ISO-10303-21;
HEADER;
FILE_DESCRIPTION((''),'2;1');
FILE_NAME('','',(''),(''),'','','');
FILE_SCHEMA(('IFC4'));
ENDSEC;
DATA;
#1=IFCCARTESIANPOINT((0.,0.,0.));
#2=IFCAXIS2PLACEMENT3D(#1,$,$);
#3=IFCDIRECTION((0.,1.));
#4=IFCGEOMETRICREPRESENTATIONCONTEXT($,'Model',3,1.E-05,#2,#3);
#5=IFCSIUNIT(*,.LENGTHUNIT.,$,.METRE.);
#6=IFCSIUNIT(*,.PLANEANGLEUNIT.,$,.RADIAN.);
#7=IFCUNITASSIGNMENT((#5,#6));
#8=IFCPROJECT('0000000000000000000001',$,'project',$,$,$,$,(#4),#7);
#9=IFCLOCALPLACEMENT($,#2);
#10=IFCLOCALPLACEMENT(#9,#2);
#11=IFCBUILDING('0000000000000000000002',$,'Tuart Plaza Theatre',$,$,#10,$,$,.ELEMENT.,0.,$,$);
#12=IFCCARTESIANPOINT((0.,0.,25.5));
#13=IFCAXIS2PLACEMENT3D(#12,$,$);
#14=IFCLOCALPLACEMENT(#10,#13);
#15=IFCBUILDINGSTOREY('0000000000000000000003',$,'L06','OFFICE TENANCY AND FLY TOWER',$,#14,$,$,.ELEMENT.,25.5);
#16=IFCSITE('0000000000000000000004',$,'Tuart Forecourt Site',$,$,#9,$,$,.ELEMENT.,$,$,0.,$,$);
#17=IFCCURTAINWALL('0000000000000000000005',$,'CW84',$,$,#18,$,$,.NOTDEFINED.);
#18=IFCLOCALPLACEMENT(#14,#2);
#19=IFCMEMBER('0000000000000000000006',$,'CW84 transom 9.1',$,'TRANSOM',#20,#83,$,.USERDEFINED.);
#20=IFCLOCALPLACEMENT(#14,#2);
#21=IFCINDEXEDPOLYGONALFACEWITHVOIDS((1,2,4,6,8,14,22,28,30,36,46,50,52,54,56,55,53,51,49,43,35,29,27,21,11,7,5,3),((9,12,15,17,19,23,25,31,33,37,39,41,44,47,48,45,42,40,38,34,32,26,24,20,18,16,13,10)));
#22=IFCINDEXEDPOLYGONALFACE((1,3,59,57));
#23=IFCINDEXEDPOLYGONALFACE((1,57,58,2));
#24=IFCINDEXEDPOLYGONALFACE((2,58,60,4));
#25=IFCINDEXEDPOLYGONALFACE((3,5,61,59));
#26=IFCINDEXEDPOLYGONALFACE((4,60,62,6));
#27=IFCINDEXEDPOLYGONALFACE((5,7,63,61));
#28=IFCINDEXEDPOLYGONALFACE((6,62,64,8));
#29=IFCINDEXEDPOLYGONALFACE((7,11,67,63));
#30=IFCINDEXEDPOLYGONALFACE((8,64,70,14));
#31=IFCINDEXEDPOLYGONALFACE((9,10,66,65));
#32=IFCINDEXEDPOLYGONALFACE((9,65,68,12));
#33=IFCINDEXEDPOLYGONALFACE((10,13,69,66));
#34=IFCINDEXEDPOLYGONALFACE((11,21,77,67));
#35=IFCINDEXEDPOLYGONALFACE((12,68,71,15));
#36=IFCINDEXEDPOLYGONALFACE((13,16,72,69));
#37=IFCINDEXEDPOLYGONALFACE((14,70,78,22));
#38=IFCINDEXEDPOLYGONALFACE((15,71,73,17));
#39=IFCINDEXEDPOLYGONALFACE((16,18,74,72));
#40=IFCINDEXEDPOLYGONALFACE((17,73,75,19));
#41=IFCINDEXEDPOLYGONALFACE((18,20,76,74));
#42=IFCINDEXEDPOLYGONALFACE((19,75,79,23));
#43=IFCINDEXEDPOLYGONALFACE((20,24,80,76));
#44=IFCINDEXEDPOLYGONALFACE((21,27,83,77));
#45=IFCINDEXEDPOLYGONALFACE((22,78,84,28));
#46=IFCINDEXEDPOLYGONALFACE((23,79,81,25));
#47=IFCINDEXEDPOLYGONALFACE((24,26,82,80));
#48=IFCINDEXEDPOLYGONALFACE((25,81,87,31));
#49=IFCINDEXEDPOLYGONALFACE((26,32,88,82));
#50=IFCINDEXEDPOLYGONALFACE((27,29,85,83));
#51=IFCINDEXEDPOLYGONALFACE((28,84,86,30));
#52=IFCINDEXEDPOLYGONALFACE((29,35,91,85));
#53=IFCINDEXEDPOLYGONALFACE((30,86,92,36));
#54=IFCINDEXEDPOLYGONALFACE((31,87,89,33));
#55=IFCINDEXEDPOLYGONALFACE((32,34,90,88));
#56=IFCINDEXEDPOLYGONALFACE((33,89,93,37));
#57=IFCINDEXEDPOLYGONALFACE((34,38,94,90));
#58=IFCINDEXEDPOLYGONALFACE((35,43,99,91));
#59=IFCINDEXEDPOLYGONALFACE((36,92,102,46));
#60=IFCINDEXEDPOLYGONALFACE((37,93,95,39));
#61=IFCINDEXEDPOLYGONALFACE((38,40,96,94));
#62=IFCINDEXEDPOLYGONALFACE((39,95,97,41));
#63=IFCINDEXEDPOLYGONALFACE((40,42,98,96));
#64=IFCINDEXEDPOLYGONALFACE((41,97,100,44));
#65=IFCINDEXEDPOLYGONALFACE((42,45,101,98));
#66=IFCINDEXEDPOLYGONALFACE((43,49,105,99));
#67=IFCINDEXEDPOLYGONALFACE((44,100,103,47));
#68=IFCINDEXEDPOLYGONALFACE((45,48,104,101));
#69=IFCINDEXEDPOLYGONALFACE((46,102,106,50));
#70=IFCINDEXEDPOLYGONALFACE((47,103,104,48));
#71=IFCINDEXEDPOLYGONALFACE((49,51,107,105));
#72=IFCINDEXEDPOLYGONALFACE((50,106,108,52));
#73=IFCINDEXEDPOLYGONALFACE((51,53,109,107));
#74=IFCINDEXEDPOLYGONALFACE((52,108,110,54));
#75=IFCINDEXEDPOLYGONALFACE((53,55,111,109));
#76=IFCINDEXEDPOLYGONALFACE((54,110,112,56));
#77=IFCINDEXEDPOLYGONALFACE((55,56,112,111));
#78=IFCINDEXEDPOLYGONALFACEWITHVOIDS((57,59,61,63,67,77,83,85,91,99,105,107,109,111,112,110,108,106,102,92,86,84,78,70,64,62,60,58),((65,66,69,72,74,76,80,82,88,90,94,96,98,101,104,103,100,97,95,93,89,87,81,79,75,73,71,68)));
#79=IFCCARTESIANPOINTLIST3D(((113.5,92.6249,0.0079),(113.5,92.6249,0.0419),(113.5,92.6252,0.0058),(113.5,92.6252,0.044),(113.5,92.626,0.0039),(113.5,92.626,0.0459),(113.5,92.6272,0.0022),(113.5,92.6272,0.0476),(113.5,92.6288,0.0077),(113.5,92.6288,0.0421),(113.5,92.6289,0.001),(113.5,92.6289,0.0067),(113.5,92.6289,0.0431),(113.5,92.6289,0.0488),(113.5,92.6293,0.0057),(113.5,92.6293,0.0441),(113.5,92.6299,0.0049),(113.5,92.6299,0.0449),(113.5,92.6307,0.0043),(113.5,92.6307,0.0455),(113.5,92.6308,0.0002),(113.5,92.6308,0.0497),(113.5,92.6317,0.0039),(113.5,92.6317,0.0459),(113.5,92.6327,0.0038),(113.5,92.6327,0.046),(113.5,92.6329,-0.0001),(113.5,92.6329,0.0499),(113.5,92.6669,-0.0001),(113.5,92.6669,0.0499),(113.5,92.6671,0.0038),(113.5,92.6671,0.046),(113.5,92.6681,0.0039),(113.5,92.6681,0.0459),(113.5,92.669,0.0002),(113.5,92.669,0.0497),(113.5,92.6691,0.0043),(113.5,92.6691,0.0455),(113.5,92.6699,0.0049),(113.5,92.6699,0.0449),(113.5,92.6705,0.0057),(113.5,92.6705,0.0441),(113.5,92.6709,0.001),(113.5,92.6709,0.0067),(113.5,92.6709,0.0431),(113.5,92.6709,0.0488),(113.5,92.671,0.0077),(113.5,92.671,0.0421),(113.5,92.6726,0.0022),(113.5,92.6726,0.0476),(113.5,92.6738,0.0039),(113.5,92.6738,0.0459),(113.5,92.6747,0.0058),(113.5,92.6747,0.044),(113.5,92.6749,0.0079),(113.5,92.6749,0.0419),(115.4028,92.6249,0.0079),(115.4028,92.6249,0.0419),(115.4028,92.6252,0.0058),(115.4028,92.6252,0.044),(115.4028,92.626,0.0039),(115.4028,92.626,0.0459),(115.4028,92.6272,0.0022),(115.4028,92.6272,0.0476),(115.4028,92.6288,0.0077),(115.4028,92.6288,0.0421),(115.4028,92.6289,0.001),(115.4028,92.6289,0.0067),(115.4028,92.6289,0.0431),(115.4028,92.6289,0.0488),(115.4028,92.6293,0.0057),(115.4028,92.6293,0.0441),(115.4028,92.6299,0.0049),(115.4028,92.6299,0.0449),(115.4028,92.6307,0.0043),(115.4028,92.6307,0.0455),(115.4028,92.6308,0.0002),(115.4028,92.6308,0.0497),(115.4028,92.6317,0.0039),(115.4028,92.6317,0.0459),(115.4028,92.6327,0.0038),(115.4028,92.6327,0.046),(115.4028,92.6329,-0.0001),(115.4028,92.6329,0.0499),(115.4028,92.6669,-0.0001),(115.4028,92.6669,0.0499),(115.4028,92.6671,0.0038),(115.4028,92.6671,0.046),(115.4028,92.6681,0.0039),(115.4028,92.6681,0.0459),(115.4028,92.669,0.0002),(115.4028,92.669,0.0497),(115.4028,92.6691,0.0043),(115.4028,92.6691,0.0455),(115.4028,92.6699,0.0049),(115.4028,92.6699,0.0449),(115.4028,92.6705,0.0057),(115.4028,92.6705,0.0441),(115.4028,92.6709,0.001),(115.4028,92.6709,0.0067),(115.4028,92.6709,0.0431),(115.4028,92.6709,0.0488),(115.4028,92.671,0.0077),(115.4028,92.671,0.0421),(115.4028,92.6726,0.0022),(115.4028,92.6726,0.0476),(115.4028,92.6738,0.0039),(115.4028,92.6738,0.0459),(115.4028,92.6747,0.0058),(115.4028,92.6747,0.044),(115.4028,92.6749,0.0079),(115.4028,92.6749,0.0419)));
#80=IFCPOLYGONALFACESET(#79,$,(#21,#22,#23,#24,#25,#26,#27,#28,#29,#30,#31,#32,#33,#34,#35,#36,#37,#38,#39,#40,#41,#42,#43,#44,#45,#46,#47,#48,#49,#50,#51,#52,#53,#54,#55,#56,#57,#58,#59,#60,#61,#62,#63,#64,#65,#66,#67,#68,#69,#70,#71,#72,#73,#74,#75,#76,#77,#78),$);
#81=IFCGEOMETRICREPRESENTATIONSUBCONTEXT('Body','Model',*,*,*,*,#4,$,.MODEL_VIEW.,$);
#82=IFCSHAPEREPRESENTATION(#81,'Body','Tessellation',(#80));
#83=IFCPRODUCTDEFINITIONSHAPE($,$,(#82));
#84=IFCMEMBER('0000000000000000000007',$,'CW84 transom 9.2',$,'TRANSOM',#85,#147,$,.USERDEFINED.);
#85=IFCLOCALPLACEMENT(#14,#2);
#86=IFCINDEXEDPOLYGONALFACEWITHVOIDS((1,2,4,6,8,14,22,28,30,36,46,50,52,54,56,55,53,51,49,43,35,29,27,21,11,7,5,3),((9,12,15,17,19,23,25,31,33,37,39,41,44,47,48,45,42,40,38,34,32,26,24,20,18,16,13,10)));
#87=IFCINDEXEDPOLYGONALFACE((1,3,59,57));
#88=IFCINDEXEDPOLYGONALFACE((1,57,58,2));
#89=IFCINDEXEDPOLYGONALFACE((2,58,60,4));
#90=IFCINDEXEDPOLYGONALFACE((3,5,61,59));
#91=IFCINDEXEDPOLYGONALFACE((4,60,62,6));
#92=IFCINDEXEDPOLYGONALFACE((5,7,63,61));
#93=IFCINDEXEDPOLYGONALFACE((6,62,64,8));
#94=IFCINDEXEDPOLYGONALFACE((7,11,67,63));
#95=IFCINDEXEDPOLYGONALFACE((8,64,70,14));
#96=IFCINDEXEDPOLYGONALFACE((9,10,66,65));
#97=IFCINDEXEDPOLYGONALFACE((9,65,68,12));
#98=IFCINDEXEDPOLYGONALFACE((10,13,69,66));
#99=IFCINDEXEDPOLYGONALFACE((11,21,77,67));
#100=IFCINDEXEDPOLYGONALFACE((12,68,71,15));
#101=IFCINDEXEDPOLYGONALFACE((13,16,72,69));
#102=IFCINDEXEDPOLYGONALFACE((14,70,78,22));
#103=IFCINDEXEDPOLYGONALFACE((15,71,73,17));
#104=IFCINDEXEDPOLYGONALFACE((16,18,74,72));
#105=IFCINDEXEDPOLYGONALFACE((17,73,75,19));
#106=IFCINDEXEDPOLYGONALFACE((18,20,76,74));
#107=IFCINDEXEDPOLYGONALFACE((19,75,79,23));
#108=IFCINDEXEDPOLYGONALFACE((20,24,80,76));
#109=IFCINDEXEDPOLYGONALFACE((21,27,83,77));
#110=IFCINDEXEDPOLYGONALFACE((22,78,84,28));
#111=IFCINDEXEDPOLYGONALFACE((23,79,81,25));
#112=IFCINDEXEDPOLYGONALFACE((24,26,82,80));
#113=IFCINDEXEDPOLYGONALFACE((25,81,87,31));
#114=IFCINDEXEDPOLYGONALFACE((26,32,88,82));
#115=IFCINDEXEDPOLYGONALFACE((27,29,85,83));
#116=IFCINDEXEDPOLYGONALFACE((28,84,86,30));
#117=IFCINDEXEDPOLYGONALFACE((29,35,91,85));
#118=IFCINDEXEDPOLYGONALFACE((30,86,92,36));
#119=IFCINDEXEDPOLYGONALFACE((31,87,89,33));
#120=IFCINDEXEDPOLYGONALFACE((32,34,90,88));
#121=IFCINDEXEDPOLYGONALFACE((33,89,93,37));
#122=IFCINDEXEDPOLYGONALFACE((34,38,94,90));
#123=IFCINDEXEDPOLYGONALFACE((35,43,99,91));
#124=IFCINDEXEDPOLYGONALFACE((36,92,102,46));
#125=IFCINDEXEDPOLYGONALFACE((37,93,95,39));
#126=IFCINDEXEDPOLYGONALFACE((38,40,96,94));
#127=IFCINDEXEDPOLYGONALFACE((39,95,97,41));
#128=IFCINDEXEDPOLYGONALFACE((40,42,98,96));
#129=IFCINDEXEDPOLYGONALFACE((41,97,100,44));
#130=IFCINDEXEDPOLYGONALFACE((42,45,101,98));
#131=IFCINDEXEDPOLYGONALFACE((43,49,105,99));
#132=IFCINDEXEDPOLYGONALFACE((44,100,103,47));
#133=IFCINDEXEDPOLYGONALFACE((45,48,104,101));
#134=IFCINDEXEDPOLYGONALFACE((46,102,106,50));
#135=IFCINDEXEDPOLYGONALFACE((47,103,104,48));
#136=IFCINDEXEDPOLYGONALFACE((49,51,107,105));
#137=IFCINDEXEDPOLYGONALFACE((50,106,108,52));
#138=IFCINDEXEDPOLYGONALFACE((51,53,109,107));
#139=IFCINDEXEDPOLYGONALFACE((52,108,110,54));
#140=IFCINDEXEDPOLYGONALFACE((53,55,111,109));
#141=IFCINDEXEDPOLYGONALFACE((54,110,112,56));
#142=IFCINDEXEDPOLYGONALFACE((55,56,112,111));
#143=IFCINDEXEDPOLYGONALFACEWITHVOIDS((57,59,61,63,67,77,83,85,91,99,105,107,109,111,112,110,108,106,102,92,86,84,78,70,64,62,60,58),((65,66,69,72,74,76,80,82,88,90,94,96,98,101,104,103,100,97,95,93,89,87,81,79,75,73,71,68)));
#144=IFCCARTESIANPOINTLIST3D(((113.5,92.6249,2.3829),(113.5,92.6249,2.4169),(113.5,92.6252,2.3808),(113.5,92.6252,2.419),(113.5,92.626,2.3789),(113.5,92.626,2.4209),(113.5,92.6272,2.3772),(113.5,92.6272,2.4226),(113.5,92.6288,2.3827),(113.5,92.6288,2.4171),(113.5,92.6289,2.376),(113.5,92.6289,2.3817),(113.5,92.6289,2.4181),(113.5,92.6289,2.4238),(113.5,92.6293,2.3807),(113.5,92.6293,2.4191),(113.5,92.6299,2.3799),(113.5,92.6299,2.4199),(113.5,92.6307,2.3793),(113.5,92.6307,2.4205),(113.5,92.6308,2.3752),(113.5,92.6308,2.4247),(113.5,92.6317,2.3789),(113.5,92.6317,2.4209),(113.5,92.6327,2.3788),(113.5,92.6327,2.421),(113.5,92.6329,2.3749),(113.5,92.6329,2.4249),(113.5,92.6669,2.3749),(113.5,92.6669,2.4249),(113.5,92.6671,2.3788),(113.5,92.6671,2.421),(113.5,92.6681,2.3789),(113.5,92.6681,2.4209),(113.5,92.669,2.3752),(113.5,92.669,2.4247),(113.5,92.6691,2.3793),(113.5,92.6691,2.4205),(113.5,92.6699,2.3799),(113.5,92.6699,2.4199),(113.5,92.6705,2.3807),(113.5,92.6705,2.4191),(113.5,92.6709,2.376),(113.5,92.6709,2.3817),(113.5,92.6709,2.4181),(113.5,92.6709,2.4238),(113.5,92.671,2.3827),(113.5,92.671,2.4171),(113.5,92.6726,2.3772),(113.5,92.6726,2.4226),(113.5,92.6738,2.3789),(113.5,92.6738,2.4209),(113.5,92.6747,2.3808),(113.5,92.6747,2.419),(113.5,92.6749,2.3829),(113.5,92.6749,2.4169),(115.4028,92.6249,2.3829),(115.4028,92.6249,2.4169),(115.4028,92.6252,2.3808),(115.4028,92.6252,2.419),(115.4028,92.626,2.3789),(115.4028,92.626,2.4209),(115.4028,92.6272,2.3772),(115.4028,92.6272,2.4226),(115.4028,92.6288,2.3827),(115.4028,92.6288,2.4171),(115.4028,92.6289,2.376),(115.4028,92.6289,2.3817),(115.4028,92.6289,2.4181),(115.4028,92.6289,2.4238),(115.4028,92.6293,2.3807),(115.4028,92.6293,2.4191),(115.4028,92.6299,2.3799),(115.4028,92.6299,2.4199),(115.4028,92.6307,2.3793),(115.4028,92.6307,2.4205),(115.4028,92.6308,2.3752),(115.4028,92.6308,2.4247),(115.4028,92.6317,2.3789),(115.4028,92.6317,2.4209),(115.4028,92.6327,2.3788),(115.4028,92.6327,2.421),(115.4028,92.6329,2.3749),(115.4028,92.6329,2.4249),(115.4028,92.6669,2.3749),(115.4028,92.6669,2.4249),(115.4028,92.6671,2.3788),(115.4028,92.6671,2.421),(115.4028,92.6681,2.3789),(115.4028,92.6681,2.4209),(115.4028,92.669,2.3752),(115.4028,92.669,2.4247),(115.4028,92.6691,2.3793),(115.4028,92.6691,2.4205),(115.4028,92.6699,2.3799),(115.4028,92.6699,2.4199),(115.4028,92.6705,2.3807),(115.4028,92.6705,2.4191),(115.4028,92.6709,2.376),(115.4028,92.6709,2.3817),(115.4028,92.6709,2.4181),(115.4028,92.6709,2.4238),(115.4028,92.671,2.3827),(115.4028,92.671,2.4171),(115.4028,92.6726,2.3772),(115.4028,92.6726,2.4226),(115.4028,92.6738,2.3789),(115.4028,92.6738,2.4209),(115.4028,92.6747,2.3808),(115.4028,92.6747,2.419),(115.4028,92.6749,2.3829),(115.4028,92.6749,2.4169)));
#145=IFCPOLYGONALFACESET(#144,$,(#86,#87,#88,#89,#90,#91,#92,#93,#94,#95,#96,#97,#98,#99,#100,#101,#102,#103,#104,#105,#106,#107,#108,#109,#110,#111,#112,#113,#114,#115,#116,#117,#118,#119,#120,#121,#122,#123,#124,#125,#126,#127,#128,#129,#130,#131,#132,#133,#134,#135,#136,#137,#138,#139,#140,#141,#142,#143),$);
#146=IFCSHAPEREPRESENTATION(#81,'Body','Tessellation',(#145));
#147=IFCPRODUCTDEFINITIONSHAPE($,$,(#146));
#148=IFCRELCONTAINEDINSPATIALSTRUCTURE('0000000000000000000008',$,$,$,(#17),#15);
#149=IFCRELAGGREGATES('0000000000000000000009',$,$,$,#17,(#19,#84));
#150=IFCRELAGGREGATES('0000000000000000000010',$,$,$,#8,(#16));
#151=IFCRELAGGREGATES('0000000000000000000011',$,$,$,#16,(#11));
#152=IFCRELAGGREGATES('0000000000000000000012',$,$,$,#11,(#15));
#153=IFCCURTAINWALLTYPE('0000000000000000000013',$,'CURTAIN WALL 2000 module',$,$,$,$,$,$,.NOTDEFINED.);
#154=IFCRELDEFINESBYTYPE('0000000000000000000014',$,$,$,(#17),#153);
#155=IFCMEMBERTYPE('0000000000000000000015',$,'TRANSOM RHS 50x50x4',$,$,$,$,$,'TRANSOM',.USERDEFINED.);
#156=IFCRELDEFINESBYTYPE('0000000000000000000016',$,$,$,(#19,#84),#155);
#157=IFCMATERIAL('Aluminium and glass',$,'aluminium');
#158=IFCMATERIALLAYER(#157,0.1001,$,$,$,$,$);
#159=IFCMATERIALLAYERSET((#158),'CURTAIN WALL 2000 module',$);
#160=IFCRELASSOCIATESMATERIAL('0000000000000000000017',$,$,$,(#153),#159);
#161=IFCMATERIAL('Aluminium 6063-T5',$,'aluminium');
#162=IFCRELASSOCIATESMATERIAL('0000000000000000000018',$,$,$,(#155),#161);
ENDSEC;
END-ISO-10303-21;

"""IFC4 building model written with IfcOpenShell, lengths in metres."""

from ifc_helpers import new_model, si_unit, direction, frame, origin, origin_2d, place, context, subcontext, project, spatial, hollow_rectangle, extrude, material, layer, layer_set, material_profile, profile_set, type_object, element, aggregate, save


model = new_model("IFC4")

# Units and contexts
model_context = context("Model", 3, precision=1e-05, world=origin(), true_north=direction((0.0, 1.0)))
body_context = subcontext(model_context, "Body", "Model", "MODEL_VIEW")
ifc_project = project(units=[si_unit("LENGTHUNIT", "METRE"), si_unit("PLANEANGLEUNIT", "RADIAN")], contexts=[model_context])

# Site, building, storey
site_placement = place(None, origin())
site = spatial("IfcSite", under=ifc_project, at=site_placement, Name="Tuart Forecourt Site", CompositionType="ELEMENT", RefElevation=0.0)
building_placement = place(site_placement, origin())
building = spatial("IfcBuilding", under=site, at=building_placement, Name="Tuart Plaza Theatre", CompositionType="ELEMENT", ElevationOfRefHeight=0.0)
storey_placement = place(building_placement, frame((0.0, 0.0, 25.5)))
storey = spatial("IfcBuildingStorey", under=building, at=storey_placement, Name="L06", Description="OFFICE TENANCY AND FLY TOWER", CompositionType="ELEMENT", Elevation=25.5)

# Curtain wall, members
ifc_material_1 = material(Name="Aluminium and glass", Category="aluminium")
ifc_layer_1 = layer(ifc_material_1, 0.1001)
ifc_layer_set_1 = layer_set([ifc_layer_1], Name="CURTAIN WALL 2000 module")
curtain_wall_type = type_object("IfcCurtainWallType", Name="CURTAIN WALL 2000 module", PredefinedType="NOTDEFINED", material=ifc_layer_set_1)
curtain_wall_1_placement = place(storey_placement, origin())
curtain_wall_1 = element("IfcCurtainWall", 1, at=curtain_wall_1_placement, inside=storey, type_object=curtain_wall_type, Name="CW84", PredefinedType="NOTDEFINED")
ifc_material_2 = material(Name="Aluminium 6063-T5", Category="aluminium")
ifc_material_profile_1 = material_profile(ifc_material_2, hollow_rectangle(XDim=0.05, YDim=0.05, WallThickness=0.0039, InnerFilletRadius=0.0039, OuterFilletRadius=0.0081, at=origin_2d()), Name="RHS 50x50x4")
ifc_profile_set_1 = profile_set([ifc_material_profile_1], Name="Aluminium 6063-T5")
member_type_1 = type_object("IfcMemberType", Name="TRANSOM RHS 50x50x4", ElementType="TRANSOM", PredefinedType="USERDEFINED", material=ifc_profile_set_1)
member_1_placement = place(storey_placement, frame((115.4028, 92.6499, 0.0249), z_axis=(-1.0, 0.0, 0.0), x_axis=(0.0, -1.0, 0.0)))
member_1 = element("IfcMember", 2, at=member_1_placement, type_object=member_type_1, Name="CW84 transom 9.1", ObjectType="TRANSOM", PredefinedType="USERDEFINED", context=body_context, shape_type="SweptSolid", body=[
    extrude(hollow_rectangle(XDim=0.05, YDim=0.05, WallThickness=0.0039, InnerFilletRadius=0.0039, OuterFilletRadius=0.0081, at=origin_2d()), origin(), (0.0, 0.0, 1.0), 1.9028),
])
member_2_placement = place(storey_placement, frame((115.4028, 92.6499, 2.3999), z_axis=(-1.0, 0.0, 0.0), x_axis=(0.0, -1.0, 0.0)))
member_2 = element("IfcMember", 3, at=member_2_placement, type_object=member_type_1, Name="CW84 transom 9.2", ObjectType="TRANSOM", PredefinedType="USERDEFINED", context=body_context, shape_type="SweptSolid", body=[
    extrude(hollow_rectangle(XDim=0.05, YDim=0.05, WallThickness=0.0039, InnerFilletRadius=0.0039, OuterFilletRadius=0.0081, at=origin_2d()), origin(), (0.0, 0.0, 1.0), 1.9028),
])

aggregate(curtain_wall_1, [member_1, member_2])

save(model, "model.ifc")
